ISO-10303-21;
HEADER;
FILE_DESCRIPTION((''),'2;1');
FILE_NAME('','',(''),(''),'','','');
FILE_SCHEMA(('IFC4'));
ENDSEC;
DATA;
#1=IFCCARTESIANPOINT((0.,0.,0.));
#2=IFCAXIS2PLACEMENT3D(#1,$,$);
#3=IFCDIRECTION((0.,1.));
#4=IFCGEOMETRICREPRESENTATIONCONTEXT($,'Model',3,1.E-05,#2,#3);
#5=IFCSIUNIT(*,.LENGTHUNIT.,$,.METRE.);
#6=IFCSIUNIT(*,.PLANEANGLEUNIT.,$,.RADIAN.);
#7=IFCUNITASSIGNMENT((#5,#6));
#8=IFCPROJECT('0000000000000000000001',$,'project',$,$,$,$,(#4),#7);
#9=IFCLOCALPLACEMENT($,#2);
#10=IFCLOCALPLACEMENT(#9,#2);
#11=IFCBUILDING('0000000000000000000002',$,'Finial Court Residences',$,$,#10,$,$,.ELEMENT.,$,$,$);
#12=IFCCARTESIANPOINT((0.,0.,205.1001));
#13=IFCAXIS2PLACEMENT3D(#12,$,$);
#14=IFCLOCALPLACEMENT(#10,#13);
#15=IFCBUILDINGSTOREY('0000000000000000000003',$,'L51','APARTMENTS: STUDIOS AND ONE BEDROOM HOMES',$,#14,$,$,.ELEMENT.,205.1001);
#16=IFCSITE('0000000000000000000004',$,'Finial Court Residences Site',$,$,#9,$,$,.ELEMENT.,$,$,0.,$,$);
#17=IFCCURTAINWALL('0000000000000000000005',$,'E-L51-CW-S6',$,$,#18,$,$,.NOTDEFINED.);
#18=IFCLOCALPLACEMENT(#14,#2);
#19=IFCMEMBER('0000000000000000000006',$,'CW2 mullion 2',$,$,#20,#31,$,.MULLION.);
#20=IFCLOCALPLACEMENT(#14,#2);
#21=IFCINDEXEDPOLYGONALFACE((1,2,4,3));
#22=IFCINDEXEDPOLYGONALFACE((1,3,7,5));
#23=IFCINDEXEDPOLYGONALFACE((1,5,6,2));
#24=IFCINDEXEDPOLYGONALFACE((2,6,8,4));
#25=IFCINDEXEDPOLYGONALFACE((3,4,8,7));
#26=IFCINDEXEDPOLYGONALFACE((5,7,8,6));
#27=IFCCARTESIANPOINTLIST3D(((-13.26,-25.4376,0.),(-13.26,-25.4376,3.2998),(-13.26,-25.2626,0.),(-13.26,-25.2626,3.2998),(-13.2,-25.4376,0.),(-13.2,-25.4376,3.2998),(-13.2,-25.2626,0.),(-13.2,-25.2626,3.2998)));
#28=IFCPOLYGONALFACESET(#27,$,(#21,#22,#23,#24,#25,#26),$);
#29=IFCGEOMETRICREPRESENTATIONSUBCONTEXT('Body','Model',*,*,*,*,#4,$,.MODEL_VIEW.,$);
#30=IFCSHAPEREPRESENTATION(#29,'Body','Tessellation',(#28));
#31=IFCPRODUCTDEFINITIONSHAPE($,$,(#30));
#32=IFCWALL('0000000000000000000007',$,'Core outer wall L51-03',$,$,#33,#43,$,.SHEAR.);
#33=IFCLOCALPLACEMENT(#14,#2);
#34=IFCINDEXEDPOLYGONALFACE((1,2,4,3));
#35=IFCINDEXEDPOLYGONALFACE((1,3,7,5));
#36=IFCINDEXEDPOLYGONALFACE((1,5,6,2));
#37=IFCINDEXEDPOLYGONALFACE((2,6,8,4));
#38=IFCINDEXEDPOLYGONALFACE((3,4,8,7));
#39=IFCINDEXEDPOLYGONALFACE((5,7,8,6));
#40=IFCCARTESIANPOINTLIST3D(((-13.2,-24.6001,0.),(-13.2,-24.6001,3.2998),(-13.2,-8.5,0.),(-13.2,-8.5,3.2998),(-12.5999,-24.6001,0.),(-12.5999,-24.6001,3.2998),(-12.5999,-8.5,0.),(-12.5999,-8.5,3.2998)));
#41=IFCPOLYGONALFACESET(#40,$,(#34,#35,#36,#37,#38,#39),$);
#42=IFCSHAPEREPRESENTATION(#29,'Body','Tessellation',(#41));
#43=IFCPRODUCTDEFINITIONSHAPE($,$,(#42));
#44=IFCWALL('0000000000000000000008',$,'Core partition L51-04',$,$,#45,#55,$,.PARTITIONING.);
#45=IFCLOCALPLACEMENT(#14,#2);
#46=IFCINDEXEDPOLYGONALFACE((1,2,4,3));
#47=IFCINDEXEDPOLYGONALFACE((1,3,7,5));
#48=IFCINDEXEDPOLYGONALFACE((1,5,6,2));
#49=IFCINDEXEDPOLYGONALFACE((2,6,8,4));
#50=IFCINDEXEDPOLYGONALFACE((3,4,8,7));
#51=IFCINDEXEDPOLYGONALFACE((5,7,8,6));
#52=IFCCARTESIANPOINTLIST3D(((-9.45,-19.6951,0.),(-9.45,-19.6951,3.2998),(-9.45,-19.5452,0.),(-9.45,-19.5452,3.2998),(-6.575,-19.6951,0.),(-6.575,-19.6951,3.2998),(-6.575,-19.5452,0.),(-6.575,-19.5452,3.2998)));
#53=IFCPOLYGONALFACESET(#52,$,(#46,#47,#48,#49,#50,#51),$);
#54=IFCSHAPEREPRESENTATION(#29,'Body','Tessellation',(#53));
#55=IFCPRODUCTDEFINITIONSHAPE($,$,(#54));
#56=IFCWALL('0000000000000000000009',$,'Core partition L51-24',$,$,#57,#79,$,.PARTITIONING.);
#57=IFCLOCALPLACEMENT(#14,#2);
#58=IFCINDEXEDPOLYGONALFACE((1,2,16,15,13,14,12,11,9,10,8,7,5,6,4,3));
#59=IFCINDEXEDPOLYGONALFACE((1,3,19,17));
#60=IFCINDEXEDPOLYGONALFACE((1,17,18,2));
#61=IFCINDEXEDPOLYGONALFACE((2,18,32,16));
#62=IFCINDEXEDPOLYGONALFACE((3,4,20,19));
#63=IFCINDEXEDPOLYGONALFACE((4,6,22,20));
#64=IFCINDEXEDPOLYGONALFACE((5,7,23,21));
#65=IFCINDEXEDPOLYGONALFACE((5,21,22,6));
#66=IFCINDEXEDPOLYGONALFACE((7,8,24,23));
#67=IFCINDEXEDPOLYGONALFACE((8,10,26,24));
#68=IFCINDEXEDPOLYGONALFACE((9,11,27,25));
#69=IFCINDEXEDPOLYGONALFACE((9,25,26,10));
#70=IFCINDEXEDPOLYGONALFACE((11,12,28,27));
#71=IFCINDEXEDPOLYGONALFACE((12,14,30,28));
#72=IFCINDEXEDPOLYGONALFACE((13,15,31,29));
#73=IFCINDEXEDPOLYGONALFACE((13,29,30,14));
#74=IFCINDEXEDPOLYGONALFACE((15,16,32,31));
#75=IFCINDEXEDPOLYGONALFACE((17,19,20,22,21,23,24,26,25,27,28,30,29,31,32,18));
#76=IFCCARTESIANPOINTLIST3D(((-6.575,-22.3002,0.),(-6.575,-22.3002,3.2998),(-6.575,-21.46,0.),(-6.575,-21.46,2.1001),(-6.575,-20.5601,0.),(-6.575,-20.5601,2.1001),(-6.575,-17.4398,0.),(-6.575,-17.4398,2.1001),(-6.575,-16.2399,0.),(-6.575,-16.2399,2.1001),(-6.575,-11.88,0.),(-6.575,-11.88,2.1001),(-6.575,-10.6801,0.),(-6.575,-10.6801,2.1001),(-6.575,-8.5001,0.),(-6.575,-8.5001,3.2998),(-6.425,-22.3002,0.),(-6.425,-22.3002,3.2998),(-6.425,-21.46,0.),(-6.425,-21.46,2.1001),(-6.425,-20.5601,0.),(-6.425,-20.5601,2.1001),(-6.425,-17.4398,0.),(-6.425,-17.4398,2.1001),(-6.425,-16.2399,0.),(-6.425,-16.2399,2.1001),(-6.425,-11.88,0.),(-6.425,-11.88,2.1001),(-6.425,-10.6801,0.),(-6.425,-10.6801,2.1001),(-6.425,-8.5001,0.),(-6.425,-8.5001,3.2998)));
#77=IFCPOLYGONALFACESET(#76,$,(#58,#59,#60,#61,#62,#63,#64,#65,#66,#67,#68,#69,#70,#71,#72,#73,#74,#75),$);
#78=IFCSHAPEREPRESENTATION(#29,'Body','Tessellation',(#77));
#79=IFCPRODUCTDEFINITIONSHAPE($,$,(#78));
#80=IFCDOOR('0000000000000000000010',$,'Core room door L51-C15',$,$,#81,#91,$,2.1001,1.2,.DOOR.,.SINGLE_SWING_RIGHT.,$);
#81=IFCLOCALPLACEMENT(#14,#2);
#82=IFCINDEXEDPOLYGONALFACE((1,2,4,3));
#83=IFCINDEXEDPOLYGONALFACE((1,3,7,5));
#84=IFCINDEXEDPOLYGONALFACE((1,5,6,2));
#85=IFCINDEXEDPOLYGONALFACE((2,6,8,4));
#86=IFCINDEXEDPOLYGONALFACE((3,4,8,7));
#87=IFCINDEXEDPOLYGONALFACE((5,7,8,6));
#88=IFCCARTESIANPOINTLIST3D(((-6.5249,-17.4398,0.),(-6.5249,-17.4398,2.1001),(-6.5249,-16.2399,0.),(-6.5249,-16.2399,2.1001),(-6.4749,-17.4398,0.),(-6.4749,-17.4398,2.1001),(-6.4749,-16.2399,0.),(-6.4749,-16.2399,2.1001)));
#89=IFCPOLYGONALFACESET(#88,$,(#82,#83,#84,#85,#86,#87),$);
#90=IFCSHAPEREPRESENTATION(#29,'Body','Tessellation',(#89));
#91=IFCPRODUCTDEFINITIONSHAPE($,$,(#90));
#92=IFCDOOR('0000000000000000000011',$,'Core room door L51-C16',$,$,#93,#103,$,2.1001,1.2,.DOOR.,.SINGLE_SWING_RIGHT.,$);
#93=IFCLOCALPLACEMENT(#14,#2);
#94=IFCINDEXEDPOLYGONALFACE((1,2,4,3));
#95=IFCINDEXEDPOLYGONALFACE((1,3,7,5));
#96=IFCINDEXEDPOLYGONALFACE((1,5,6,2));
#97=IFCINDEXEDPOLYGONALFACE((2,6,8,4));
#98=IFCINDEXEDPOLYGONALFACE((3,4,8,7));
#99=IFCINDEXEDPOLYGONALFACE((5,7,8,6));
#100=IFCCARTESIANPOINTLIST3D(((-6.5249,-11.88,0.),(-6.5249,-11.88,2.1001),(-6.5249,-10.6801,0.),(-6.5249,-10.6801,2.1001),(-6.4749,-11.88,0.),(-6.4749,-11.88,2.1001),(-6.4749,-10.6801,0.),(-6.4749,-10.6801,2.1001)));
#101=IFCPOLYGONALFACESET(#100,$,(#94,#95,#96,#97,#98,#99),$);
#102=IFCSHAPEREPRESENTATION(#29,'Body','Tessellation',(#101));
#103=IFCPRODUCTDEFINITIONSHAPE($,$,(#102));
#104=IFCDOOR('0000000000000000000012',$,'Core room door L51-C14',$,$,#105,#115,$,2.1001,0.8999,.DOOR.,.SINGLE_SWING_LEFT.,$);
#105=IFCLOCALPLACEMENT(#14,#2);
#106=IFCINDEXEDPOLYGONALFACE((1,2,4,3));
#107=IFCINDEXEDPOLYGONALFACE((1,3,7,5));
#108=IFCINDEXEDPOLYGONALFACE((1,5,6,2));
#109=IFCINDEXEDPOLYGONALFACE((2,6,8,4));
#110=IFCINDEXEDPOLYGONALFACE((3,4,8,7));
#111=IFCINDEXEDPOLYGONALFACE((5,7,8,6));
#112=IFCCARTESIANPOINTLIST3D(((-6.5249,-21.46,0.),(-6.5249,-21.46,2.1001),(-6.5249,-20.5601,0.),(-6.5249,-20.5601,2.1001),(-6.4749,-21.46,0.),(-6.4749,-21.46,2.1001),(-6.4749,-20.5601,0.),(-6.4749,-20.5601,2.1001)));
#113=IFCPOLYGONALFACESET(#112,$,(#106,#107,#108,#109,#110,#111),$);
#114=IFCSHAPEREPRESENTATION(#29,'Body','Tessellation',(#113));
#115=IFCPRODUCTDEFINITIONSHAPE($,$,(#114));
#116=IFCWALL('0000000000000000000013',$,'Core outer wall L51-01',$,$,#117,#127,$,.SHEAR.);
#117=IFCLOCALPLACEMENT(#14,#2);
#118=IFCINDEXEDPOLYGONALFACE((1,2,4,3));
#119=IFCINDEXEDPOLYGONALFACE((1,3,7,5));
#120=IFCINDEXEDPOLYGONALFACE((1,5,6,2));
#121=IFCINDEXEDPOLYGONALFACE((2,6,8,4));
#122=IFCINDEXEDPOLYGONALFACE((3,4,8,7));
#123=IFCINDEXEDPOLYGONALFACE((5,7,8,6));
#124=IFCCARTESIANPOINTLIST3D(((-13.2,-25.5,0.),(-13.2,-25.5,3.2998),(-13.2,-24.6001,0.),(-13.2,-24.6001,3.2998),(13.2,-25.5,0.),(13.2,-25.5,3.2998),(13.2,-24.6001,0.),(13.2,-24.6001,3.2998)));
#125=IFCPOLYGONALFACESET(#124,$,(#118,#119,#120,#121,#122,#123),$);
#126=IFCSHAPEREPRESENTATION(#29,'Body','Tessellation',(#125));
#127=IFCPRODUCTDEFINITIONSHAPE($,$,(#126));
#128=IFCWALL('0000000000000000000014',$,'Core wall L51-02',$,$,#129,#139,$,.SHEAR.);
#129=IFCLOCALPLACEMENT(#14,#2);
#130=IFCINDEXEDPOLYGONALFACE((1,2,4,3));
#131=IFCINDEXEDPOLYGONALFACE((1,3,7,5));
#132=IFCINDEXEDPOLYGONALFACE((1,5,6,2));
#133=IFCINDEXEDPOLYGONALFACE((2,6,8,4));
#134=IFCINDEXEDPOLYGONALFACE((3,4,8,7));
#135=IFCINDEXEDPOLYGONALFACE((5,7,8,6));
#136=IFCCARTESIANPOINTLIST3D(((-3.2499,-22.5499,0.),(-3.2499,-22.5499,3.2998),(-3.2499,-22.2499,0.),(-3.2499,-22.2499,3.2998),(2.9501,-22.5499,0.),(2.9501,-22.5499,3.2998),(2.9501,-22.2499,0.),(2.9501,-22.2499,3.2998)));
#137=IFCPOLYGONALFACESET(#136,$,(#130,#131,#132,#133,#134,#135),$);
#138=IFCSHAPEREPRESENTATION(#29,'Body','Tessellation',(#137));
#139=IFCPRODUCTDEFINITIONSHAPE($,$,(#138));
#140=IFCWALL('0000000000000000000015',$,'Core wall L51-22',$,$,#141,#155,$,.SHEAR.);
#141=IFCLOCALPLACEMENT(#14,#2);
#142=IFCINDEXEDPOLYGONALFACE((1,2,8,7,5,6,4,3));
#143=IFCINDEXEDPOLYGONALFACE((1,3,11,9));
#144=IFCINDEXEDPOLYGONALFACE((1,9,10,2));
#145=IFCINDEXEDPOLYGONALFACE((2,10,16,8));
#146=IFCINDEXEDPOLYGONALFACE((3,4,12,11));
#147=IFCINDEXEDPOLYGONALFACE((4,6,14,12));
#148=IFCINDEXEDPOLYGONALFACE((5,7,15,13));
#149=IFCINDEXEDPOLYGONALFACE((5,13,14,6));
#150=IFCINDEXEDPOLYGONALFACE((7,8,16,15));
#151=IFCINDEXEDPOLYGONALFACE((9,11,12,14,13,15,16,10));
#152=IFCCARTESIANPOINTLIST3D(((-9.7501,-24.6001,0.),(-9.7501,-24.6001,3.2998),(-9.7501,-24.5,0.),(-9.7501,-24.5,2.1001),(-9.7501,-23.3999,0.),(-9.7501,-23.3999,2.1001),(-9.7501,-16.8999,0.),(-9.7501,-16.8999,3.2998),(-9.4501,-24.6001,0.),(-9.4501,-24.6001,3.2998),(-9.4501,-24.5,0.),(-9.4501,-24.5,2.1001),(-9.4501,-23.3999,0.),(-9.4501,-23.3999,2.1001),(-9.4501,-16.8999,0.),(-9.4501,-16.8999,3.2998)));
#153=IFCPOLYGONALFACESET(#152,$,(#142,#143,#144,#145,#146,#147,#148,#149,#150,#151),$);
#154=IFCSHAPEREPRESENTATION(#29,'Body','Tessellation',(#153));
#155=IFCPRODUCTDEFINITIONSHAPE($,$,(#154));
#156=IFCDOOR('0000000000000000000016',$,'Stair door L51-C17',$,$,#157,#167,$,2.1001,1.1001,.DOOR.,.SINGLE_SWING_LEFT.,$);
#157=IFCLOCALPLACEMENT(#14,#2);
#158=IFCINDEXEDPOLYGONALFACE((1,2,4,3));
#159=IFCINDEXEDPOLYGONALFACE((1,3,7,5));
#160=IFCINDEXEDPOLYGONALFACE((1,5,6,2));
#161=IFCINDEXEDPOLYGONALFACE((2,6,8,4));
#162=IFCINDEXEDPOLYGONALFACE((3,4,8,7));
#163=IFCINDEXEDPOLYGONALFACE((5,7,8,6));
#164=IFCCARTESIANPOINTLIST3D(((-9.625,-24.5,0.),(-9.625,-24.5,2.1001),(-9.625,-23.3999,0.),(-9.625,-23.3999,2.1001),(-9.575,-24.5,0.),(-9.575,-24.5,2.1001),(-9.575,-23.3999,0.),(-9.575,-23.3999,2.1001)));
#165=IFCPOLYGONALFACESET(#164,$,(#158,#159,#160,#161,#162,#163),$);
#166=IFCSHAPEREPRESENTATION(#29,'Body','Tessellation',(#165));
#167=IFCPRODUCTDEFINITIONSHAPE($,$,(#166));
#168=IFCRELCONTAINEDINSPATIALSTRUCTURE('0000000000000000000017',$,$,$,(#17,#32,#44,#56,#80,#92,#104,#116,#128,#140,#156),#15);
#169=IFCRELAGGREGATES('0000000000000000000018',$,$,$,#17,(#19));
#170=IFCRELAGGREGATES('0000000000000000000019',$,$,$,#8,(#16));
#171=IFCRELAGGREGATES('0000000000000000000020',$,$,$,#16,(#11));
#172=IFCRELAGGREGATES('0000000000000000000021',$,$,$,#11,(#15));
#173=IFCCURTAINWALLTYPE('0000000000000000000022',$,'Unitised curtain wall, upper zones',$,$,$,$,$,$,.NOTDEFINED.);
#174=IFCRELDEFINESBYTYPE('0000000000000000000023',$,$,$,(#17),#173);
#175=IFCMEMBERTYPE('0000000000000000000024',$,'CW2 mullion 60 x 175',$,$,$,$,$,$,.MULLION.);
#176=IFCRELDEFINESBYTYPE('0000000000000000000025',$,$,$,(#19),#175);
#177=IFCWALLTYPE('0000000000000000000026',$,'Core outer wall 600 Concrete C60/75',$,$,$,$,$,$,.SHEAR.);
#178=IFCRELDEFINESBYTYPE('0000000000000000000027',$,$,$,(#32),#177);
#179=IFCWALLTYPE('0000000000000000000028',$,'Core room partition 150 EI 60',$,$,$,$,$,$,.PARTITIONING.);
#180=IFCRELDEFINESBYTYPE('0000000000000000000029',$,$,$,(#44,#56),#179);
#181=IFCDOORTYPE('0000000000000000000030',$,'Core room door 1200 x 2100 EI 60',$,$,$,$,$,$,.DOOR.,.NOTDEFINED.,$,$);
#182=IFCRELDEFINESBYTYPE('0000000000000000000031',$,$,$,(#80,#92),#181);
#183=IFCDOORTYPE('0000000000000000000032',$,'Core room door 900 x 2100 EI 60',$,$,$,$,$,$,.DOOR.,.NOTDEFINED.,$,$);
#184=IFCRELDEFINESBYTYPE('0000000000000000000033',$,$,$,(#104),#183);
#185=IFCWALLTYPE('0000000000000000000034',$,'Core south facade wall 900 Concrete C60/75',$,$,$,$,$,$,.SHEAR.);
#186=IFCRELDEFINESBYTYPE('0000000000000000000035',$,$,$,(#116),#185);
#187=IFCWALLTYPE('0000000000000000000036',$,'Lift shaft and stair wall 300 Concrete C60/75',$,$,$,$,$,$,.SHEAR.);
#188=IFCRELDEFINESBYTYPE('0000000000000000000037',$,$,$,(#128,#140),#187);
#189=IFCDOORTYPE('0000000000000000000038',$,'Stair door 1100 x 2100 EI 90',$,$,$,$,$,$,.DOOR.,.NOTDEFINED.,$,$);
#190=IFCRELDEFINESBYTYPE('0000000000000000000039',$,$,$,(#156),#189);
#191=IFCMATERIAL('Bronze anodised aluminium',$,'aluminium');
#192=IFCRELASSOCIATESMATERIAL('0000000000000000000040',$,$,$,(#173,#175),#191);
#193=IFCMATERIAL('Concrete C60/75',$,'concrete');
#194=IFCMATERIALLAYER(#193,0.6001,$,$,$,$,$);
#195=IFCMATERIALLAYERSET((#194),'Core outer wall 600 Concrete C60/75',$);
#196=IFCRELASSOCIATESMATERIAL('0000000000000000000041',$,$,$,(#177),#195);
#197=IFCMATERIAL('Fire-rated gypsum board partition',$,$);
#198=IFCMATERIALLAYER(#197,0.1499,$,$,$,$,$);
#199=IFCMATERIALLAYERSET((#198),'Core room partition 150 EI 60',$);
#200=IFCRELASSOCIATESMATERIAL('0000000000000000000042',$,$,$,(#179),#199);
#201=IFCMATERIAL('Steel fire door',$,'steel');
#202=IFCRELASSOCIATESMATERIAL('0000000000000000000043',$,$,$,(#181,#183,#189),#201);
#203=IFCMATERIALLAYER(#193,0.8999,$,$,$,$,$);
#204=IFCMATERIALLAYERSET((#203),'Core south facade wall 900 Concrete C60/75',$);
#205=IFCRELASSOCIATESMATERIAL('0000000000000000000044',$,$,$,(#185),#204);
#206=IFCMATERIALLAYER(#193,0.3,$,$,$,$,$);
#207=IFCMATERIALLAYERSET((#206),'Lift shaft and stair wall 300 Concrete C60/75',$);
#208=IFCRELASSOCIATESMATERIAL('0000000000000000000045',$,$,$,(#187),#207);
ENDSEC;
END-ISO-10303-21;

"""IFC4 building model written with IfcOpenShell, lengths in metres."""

from ifc_helpers import new_model, si_unit, direction, frame, frame_2d, origin, origin_2d, place, context, subcontext, project, spatial, rectangle, extrude, material, layer, layer_set, material_profile, profile_set, type_object, element, fill, aggregate, save


model = new_model("IFC4")

# Units and contexts
model_context = context("Model", 3, precision=1e-05, world=origin(), true_north=direction((0.0, 1.0)))
body_context = subcontext(model_context, "Body", "Model", "MODEL_VIEW")
ifc_project = project(units=[si_unit("LENGTHUNIT", "METRE"), si_unit("PLANEANGLEUNIT", "RADIAN")], contexts=[model_context])

# Site, building, storey
site_placement = place(None, origin())
site = spatial("IfcSite", under=ifc_project, at=site_placement, Name="Finial Court Residences Site", CompositionType="ELEMENT", RefElevation=0.0)
building_placement = place(site_placement, origin())
building = spatial("IfcBuilding", under=site, at=building_placement, Name="Finial Court Residences", CompositionType="ELEMENT")
storey_placement = place(building_placement, frame((0.0, 0.0, 205.1001)))
storey = spatial("IfcBuildingStorey", under=building, at=storey_placement, Name="L51", Description="APARTMENTS: STUDIOS AND ONE BEDROOM HOMES", CompositionType="ELEMENT", Elevation=205.1001)

# Curtain wall, member
ifc_material_1 = material(Name="Bronze anodised aluminium", Category="aluminium")
curtain_wall_type = type_object("IfcCurtainWallType", Name="Unitised curtain wall, upper zones", PredefinedType="NOTDEFINED", material=ifc_material_1)
curtain_wall_placement = place(storey_placement, origin())
curtain_wall = element("IfcCurtainWall", 1, at=curtain_wall_placement, inside=storey, type_object=curtain_wall_type, Name="E-L51-CW-S6", PredefinedType="NOTDEFINED")
ifc_material_profile = material_profile(ifc_material_1, rectangle(XDim=0.175, YDim=0.0601, at=origin_2d()), Name="CW2 mullion 60 x 175")
ifc_profile_set = profile_set([ifc_material_profile], Name="Bronze anodised aluminium")
member_type = type_object("IfcMemberType", Name="CW2 mullion 60 x 175", PredefinedType="MULLION", material=ifc_profile_set)
member_placement = place(storey_placement, frame((-13.23, -25.3501, 0.0), z_axis=(0.0, 0.0, 1.0), x_axis=(0.0, 1.0, 0.0)))
member = element("IfcMember", 2, at=member_placement, type_object=member_type, Name="CW2 mullion 2", PredefinedType="MULLION", context=body_context, shape_type="SweptSolid", body=[
    extrude(rectangle(XDim=0.175, YDim=0.0601, at=origin_2d()), origin(), (0.0, 0.0, 1.0), 3.2998),
])
aggregate(curtain_wall, [member])

# Walls
ifc_material_2 = material(Name="Concrete C60/75", Category="concrete")
ifc_layer_1 = layer(ifc_material_2, 0.6001)
ifc_layer_set_1 = layer_set([ifc_layer_1], Name="Core outer wall 600 Concrete C60/75")
wall_type_1 = type_object("IfcWallType", Name="Core outer wall 600 Concrete C60/75", PredefinedType="SHEAR", material=ifc_layer_set_1)
wall_1_placement = place(storey_placement, frame((-12.8999, -24.6001, 0.0), z_axis=(0.0, 0.0, 1.0), x_axis=(0.0, 1.0, 0.0)))
element("IfcWall", 3, at=wall_1_placement, inside=storey, type_object=wall_type_1, Name="Core outer wall L51-03", PredefinedType="SHEAR", context=body_context, shape_type="SweptSolid", body=[
    extrude(rectangle(XDim=16.1001, YDim=0.6001, at=frame_2d((8.05, 0.0))), origin(), (0.0, 0.0, 1.0), 3.2998),
])
ifc_material_3 = material(Name="Fire-rated gypsum board partition")
ifc_layer_2 = layer(ifc_material_3, 0.1499)
ifc_layer_set_2 = layer_set([ifc_layer_2], Name="Core room partition 150 EI 60")
wall_type_2 = type_object("IfcWallType", Name="Core room partition 150 EI 60", PredefinedType="PARTITIONING", material=ifc_layer_set_2)
wall_2_placement = place(storey_placement, frame((-9.45, -19.6201, 0.0), z_axis=(0.0, 0.0, 1.0), x_axis=(1.0, 0.0, 0.0)))
element("IfcWall", 4, at=wall_2_placement, inside=storey, type_object=wall_type_2, Name="Core partition L51-04", PredefinedType="PARTITIONING", context=body_context, shape_type="SweptSolid", body=[
    extrude(rectangle(XDim=2.875, YDim=0.1499, at=frame_2d((1.4375, 0.0))), origin(), (0.0, 0.0, 1.0), 3.2998),
])

# Wall, openings, doors
wall_3_placement = place(storey_placement, frame((-6.5, -22.3, 0.0), z_axis=(0.0, 0.0, 1.0), x_axis=(0.0, 1.0, 0.0)))
wall_3 = element("IfcWall", 5, at=wall_3_placement, inside=storey, type_object=wall_type_2, Name="Core partition L51-24", PredefinedType="PARTITIONING", context=body_context, shape_type="SweptSolid", body=[
    extrude(rectangle(XDim=13.8, YDim=0.1499, at=frame_2d((6.8999, 0.0))), origin(), (0.0, 0.0, 1.0), 3.2998),
])
opening_1_placement = place(wall_3_placement, frame((0.8401, 0.0, 0.0)))
opening_1 = element("IfcOpeningElement", 6, at=opening_1_placement, cuts=wall_3, PredefinedType="OPENING", context=body_context, shape_type="SweptSolid", body=[
    extrude(rectangle(XDim=0.8999, YDim=2.1001, at=frame_2d((0.45, 1.05))), frame((0.0, 0.085, 0.0), z_axis=(0.0, -1.0, 0.0), x_axis=(1.0, 0.0, 0.0)), (0.0, 0.0, 1.0), 0.1699),
])
opening_2_placement = place(wall_3_placement, frame((4.8601, 0.0, 0.0)))
opening_2 = element("IfcOpeningElement", 7, at=opening_2_placement, cuts=wall_3, PredefinedType="OPENING", context=body_context, shape_type="SweptSolid", body=[
    extrude(rectangle(XDim=1.2, YDim=2.1001, at=frame_2d((0.6001, 1.05))), frame((0.0, 0.085, 0.0), z_axis=(0.0, -1.0, 0.0), x_axis=(1.0, 0.0, 0.0)), (0.0, 0.0, 1.0), 0.1699),
])
opening_3_placement = place(wall_3_placement, frame((10.4199, 0.0, 0.0)))
opening_3 = element("IfcOpeningElement", 8, at=opening_3_placement, cuts=wall_3, PredefinedType="OPENING", context=body_context, shape_type="SweptSolid", body=[
    extrude(rectangle(XDim=1.2, YDim=2.1001, at=frame_2d((0.6001, 1.05))), frame((0.0, 0.085, 0.0), z_axis=(0.0, -1.0, 0.0), x_axis=(1.0, 0.0, 0.0)), (0.0, 0.0, 1.0), 0.1699),
])
ifc_material_4 = material(Name="Steel fire door", Category="steel")
door_type_1 = type_object("IfcDoorType", Name="Core room door 1200 x 2100 EI 60", OperationType="NOTDEFINED", PredefinedType="DOOR", material=ifc_material_4)
door_1_placement = place(opening_2_placement, origin())
door_1 = element("IfcDoor", 9, at=door_1_placement, inside=storey, type_object=door_type_1, Name="Core room door L51-C15", OperationType="SINGLE_SWING_RIGHT", OverallHeight=2.1001, OverallWidth=1.2, PredefinedType="DOOR", context=body_context, shape_type="SweptSolid", body=[
    extrude(rectangle(XDim=1.2, YDim=2.1001, at=frame_2d((0.6001, 1.05))), frame((0.0, 0.0249, 0.0), z_axis=(0.0, -1.0, 0.0), x_axis=(1.0, 0.0, 0.0)), (0.0, 0.0, 1.0), 0.05),
])
fill(opening_2, door_1)
door_2_placement = place(opening_3_placement, origin())
door_2 = element("IfcDoor", 10, at=door_2_placement, inside=storey, type_object=door_type_1, Name="Core room door L51-C16", OperationType="SINGLE_SWING_RIGHT", OverallHeight=2.1001, OverallWidth=1.2, PredefinedType="DOOR", context=body_context, shape_type="SweptSolid", body=[
    extrude(rectangle(XDim=1.2, YDim=2.1001, at=frame_2d((0.6001, 1.05))), frame((0.0, 0.0249, 0.0), z_axis=(0.0, -1.0, 0.0), x_axis=(1.0, 0.0, 0.0)), (0.0, 0.0, 1.0), 0.05),
])
fill(opening_3, door_2)
door_type_2 = type_object("IfcDoorType", Name="Core room door 900 x 2100 EI 60", OperationType="NOTDEFINED", PredefinedType="DOOR", material=ifc_material_4)
door_3_placement = place(opening_1_placement, origin())
door_3 = element("IfcDoor", 11, at=door_3_placement, inside=storey, type_object=door_type_2, Name="Core room door L51-C14", OperationType="SINGLE_SWING_LEFT", OverallHeight=2.1001, OverallWidth=0.8999, PredefinedType="DOOR", context=body_context, shape_type="SweptSolid", body=[
    extrude(rectangle(XDim=0.8999, YDim=2.1001, at=frame_2d((0.45, 1.05))), frame((0.0, 0.0249, 0.0), z_axis=(0.0, -1.0, 0.0), x_axis=(1.0, 0.0, 0.0)), (0.0, 0.0, 1.0), 0.05),
])
fill(opening_1, door_3)

# Walls
ifc_layer_3 = layer(ifc_material_2, 0.8999)
ifc_layer_set_3 = layer_set([ifc_layer_3], Name="Core south facade wall 900 Concrete C60/75")
wall_type_3 = type_object("IfcWallType", Name="Core south facade wall 900 Concrete C60/75", PredefinedType="SHEAR", material=ifc_layer_set_3)
wall_4_placement = place(storey_placement, frame((-13.2, -25.05, 0.0), z_axis=(0.0, 0.0, 1.0), x_axis=(1.0, 0.0, 0.0)))
element("IfcWall", 12, at=wall_4_placement, inside=storey, type_object=wall_type_3, Name="Core outer wall L51-01", PredefinedType="SHEAR", context=body_context, shape_type="SweptSolid", body=[
    extrude(rectangle(XDim=26.3999, YDim=0.8999, at=frame_2d((13.2, 0.0))), origin(), (0.0, 0.0, 1.0), 3.2998),
])
ifc_layer_4 = layer(ifc_material_2, 0.3)
ifc_layer_set_4 = layer_set([ifc_layer_4], Name="Lift shaft and stair wall 300 Concrete C60/75")
wall_type_4 = type_object("IfcWallType", Name="Lift shaft and stair wall 300 Concrete C60/75", PredefinedType="SHEAR", material=ifc_layer_set_4)
wall_5_placement = place(storey_placement, frame((-3.25, -22.3999, 0.0), z_axis=(0.0, 0.0, 1.0), x_axis=(1.0, 0.0, 0.0)))
element("IfcWall", 13, at=wall_5_placement, inside=storey, type_object=wall_type_4, Name="Core wall L51-02", PredefinedType="SHEAR", context=body_context, shape_type="SweptSolid", body=[
    extrude(rectangle(XDim=6.2, YDim=0.3, at=frame_2d((3.1001, 0.0))), origin(), (0.0, 0.0, 1.0), 3.2998),
])

# Wall, opening, door
wall_6_placement = place(storey_placement, frame((-9.6001, -24.6001, 0.0), z_axis=(0.0, 0.0, 1.0), x_axis=(0.0, 1.0, 0.0)))
wall_6 = element("IfcWall", 14, at=wall_6_placement, inside=storey, type_object=wall_type_4, Name="Core wall L51-22", PredefinedType="SHEAR", context=body_context, shape_type="SweptSolid", body=[
    extrude(rectangle(XDim=7.7002, YDim=0.3, at=frame_2d((3.8501, 0.0))), origin(), (0.0, 0.0, 1.0), 3.2998),
])
opening_4_placement = place(wall_6_placement, frame((0.1001, 0.0, 0.0)))
opening_4 = element("IfcOpeningElement", 15, at=opening_4_placement, cuts=wall_6, PredefinedType="OPENING", context=body_context, shape_type="SweptSolid", body=[
    extrude(rectangle(XDim=1.1001, YDim=2.1001, at=frame_2d((0.55, 1.05))), frame((0.0, 0.1599, 0.0), z_axis=(0.0, -1.0, 0.0), x_axis=(1.0, 0.0, 0.0)), (0.0, 0.0, 1.0), 0.3201),
])
door_type_3 = type_object("IfcDoorType", Name="Stair door 1100 x 2100 EI 90", OperationType="NOTDEFINED", PredefinedType="DOOR", material=ifc_material_4)
door_4_placement = place(opening_4_placement, origin())
door_4 = element("IfcDoor", 16, at=door_4_placement, inside=storey, type_object=door_type_3, Name="Stair door L51-C17", OperationType="SINGLE_SWING_LEFT", OverallHeight=2.1001, OverallWidth=1.1001, PredefinedType="DOOR", context=body_context, shape_type="SweptSolid", body=[
    extrude(rectangle(XDim=1.1001, YDim=2.1001, at=frame_2d((0.55, 1.05))), frame((0.0, 0.0249, 0.0), z_axis=(0.0, -1.0, 0.0), x_axis=(1.0, 0.0, 0.0)), (0.0, 0.0, 1.0), 0.05),
])
fill(opening_4, door_4)

save(model, "model.ifc")
